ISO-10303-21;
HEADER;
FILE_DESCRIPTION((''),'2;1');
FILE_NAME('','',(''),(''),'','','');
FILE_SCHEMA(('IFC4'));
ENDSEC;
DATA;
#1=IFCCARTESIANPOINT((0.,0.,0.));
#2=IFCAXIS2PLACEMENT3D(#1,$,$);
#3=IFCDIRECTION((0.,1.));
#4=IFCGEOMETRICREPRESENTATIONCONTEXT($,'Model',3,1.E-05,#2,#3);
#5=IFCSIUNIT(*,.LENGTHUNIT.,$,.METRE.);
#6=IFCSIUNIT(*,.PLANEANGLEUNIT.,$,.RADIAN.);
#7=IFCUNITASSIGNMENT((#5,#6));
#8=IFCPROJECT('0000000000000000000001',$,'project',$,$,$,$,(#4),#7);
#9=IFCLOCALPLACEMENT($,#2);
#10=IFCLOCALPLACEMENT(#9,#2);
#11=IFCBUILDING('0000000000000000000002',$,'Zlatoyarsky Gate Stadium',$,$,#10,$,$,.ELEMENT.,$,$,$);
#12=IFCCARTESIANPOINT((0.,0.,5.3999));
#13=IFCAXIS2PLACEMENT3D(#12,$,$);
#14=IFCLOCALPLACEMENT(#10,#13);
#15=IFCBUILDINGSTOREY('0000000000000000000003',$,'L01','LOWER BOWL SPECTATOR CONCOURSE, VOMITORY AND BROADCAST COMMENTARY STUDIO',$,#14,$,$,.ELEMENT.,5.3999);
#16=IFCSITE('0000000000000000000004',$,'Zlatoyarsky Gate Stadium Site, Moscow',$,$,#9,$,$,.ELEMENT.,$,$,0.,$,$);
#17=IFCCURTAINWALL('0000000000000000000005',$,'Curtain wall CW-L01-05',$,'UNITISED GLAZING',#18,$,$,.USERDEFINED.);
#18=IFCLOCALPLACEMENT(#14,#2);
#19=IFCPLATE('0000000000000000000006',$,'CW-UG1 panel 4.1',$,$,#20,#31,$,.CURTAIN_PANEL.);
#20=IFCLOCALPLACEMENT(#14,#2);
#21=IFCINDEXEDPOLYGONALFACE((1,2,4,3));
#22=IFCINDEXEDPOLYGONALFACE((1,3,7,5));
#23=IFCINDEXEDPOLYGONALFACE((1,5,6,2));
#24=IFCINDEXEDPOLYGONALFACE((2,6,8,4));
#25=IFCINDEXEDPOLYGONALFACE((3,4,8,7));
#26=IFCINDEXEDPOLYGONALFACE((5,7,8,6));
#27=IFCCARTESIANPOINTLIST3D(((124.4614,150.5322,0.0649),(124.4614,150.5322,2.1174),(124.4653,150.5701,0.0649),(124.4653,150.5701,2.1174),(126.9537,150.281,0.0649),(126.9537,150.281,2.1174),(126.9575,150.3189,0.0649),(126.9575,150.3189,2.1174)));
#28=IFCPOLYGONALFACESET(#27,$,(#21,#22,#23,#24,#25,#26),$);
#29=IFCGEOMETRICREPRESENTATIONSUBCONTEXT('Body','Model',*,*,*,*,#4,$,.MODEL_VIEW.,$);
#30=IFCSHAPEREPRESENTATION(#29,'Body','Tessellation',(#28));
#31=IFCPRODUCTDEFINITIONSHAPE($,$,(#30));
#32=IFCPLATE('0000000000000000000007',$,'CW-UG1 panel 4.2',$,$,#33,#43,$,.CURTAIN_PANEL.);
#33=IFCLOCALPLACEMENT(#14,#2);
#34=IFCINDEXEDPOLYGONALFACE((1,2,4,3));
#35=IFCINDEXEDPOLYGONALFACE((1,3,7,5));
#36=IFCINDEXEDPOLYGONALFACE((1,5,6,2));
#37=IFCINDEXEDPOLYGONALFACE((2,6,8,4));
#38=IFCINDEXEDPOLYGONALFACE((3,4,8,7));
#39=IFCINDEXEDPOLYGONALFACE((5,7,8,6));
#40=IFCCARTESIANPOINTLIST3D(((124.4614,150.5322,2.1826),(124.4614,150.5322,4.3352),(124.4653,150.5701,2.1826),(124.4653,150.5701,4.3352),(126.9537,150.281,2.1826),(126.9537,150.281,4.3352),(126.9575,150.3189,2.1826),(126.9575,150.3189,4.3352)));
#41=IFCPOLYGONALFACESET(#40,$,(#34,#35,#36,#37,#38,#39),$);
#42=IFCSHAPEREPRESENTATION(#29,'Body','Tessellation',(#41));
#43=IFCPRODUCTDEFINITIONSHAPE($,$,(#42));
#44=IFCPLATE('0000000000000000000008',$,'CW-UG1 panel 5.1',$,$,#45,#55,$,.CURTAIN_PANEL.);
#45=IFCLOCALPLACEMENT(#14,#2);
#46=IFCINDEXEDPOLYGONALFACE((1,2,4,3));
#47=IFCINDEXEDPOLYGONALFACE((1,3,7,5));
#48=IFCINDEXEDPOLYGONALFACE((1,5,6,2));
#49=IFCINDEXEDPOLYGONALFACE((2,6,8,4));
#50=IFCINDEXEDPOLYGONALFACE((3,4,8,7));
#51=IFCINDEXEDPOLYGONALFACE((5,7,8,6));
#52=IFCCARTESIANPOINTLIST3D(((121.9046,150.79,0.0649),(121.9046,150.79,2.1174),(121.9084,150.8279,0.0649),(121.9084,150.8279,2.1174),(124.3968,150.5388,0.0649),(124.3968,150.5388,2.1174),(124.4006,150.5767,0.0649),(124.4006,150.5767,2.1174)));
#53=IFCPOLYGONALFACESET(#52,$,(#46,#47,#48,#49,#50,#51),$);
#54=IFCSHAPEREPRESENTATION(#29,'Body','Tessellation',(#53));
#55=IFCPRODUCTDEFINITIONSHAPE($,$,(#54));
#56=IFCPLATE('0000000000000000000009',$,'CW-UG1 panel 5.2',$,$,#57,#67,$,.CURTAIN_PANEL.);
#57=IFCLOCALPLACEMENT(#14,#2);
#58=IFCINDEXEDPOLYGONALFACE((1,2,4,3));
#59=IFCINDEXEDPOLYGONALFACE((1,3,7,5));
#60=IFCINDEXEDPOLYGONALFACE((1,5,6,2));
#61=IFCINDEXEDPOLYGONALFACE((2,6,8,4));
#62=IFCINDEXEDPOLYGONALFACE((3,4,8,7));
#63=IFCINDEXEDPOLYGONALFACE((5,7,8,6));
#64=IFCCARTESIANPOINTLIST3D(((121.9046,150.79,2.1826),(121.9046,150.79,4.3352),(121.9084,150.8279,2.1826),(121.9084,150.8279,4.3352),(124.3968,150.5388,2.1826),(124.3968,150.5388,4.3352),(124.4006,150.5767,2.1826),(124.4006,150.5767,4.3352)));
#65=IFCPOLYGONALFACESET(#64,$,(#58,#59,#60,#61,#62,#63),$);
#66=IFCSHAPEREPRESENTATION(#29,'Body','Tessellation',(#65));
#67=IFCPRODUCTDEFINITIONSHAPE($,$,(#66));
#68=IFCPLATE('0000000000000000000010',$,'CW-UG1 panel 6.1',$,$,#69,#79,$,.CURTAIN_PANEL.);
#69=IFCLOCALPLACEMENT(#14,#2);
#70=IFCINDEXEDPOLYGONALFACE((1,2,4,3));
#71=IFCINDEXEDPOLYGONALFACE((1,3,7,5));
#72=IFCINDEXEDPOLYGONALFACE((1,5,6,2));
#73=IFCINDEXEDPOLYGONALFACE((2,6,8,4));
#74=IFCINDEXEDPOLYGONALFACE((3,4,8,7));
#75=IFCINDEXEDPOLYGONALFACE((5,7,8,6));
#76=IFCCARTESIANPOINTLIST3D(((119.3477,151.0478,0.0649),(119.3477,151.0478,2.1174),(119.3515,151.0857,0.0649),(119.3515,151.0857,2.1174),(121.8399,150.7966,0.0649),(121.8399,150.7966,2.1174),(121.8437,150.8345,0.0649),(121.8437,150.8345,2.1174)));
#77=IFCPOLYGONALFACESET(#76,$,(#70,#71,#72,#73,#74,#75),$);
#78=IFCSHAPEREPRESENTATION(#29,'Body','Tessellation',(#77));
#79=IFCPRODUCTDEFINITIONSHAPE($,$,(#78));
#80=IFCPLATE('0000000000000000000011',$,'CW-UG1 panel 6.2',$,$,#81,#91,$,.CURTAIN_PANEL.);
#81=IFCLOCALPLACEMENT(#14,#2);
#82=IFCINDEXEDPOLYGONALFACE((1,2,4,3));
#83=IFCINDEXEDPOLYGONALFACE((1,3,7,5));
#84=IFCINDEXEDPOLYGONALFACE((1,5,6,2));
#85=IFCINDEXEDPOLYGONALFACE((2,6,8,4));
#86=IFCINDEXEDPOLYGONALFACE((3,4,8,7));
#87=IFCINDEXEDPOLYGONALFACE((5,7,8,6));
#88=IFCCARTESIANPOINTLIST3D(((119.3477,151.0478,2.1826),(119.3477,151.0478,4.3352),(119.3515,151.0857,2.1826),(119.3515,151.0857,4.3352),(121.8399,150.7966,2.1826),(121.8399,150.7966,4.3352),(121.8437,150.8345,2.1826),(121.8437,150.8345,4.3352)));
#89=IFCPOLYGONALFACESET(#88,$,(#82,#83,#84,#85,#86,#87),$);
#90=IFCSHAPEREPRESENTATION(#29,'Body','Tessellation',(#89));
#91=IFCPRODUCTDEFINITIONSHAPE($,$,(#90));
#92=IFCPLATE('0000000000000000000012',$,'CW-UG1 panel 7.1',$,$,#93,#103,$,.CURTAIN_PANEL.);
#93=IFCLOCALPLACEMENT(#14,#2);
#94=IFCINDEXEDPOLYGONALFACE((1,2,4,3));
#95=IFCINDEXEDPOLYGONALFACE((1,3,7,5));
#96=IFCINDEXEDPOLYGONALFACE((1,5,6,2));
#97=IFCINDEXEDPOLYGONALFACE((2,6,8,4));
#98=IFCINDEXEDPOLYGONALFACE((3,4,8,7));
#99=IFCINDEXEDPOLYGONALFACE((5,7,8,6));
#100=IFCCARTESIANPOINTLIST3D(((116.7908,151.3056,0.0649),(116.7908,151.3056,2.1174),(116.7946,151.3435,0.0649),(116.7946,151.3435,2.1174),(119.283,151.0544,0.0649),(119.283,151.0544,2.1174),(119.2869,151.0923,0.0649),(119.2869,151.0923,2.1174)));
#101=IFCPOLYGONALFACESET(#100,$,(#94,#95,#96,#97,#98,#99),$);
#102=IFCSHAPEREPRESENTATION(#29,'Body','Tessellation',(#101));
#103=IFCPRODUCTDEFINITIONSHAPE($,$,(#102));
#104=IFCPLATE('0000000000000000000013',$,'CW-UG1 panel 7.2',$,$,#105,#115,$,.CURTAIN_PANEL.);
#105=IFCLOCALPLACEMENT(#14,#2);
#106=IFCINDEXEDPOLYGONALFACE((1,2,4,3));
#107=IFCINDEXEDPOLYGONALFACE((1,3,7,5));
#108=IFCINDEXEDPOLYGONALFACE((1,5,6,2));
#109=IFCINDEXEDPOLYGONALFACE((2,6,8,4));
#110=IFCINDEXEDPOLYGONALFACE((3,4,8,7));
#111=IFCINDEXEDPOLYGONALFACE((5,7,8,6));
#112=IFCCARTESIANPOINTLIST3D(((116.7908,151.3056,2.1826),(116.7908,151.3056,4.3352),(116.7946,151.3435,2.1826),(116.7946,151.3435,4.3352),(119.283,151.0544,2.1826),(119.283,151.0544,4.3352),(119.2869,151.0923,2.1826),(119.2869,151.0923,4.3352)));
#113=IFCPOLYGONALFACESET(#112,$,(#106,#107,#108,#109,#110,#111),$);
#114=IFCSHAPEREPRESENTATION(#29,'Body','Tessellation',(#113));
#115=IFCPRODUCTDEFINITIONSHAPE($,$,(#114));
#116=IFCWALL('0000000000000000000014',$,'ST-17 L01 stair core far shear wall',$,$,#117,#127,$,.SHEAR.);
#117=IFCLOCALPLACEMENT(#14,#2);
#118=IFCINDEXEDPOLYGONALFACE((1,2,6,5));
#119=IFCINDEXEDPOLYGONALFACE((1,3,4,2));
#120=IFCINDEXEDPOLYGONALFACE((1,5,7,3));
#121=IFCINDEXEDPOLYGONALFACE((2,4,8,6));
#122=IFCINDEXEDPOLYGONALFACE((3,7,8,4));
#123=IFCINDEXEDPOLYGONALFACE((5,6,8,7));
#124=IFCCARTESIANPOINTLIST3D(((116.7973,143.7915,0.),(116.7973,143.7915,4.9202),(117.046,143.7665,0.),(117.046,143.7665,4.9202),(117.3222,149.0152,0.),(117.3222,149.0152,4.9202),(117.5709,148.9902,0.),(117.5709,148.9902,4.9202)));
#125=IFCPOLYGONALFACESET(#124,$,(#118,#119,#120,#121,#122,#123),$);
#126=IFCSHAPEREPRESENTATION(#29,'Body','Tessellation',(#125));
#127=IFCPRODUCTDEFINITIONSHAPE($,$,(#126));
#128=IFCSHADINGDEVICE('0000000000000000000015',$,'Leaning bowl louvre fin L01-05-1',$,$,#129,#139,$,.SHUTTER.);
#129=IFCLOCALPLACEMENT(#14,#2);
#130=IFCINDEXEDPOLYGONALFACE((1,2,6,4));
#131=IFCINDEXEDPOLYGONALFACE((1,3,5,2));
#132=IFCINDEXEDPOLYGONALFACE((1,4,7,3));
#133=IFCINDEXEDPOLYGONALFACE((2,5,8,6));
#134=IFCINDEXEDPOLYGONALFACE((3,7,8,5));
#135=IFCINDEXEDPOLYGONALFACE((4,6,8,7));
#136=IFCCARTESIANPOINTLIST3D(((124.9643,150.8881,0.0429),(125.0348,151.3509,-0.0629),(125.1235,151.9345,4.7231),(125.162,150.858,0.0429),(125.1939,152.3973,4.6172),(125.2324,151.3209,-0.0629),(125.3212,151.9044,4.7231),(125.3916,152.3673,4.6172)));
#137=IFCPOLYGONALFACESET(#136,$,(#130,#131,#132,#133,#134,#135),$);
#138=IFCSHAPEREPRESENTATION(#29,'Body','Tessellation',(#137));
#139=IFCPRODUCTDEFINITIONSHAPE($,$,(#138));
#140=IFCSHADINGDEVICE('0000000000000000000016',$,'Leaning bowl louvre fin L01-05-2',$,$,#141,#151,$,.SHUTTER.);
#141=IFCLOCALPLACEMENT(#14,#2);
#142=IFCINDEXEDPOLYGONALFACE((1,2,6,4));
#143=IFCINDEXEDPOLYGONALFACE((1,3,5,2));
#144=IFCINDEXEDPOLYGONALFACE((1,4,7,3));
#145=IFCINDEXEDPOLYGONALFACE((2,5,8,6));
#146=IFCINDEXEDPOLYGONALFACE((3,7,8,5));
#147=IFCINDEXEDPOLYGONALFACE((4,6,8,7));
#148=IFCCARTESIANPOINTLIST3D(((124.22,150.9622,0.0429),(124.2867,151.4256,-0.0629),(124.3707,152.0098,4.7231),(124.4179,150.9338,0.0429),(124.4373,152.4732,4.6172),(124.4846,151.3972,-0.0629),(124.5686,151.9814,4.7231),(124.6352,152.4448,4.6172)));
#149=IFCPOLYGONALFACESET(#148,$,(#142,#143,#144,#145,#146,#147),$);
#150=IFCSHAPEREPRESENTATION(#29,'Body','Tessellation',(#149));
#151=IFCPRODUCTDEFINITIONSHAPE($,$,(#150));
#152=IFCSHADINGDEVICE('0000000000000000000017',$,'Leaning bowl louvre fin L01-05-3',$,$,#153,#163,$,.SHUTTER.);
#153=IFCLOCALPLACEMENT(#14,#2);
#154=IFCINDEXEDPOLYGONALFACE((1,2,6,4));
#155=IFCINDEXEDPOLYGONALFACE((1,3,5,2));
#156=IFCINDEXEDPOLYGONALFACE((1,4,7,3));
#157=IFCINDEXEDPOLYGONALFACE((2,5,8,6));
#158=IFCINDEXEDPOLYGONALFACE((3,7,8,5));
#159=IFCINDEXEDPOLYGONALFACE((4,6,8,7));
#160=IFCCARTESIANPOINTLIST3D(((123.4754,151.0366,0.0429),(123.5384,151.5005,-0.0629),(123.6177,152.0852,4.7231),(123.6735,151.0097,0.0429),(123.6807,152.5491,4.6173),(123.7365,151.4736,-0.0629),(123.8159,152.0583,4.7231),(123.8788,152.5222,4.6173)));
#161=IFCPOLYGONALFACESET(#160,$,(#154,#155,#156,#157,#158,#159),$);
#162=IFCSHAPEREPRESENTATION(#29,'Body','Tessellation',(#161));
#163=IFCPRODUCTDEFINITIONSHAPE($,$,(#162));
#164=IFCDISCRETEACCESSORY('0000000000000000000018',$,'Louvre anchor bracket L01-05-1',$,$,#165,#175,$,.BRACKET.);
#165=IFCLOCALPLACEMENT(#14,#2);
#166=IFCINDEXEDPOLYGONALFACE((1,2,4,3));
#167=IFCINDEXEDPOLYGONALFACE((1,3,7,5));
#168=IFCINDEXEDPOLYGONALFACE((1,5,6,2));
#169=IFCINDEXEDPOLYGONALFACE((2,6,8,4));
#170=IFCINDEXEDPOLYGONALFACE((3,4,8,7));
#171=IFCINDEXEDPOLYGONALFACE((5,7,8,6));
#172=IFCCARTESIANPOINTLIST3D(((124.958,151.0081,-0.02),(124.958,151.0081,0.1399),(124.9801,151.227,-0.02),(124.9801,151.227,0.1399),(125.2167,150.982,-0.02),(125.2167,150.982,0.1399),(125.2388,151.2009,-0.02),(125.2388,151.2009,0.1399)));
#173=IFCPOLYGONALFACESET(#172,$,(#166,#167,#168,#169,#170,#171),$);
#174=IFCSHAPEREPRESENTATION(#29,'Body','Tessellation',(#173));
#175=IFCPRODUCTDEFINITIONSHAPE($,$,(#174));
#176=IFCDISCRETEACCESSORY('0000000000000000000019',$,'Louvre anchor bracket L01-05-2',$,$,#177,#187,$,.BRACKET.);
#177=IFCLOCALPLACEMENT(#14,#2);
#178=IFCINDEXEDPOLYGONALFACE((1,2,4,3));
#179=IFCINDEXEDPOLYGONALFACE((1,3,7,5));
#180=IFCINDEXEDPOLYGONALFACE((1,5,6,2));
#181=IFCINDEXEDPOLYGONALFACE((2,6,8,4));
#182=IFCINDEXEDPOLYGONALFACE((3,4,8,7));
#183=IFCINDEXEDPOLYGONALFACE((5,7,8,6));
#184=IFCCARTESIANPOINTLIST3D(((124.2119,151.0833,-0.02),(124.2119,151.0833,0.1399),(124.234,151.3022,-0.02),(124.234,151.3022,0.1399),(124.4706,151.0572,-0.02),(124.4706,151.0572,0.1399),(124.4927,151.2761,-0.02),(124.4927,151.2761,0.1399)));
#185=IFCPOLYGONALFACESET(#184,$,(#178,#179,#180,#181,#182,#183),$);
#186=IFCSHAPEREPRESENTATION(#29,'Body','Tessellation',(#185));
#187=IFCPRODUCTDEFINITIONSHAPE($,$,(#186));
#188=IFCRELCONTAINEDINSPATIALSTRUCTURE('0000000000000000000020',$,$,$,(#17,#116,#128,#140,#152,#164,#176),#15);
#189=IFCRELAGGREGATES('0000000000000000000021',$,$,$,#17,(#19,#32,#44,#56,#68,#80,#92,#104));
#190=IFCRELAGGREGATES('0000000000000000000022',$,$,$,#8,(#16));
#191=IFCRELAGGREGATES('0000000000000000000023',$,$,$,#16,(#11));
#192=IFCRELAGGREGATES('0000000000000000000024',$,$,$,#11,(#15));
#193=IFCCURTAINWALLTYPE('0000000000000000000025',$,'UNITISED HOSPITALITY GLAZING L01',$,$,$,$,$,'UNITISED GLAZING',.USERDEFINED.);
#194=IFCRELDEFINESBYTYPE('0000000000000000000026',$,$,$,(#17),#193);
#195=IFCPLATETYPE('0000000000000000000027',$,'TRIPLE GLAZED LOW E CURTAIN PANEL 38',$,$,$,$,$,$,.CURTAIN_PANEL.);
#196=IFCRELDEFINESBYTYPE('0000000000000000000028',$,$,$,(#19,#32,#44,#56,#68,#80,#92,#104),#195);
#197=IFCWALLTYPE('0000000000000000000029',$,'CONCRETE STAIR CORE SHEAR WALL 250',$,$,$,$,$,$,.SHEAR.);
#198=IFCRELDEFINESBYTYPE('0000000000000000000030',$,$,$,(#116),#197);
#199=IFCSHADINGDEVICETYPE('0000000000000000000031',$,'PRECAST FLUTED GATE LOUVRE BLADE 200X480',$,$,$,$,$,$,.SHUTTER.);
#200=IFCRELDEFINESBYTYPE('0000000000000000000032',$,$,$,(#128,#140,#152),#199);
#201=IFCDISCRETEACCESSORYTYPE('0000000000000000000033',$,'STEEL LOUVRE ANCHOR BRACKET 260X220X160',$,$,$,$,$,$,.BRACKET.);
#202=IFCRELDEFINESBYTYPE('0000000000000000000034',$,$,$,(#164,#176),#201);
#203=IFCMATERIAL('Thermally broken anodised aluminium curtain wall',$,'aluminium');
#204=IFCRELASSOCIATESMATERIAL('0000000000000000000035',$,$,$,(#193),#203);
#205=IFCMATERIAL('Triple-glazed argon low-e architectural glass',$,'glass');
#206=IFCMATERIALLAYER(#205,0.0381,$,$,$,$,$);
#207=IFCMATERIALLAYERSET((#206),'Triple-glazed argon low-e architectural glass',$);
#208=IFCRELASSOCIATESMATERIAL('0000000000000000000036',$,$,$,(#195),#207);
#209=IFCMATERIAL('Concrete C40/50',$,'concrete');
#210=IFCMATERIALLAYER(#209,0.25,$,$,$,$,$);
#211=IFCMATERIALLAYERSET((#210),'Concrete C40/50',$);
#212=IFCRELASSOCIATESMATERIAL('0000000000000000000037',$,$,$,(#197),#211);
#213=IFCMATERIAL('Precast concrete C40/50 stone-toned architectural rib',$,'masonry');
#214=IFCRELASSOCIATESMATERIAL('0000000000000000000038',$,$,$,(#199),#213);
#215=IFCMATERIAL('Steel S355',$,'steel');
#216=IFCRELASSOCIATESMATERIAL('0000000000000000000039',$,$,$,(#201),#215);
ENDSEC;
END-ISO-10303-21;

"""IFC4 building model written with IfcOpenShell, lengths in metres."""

from ifc_helpers import new_model, si_unit, direction, frame, frame_2d, origin, origin_2d, place, context, subcontext, project, spatial, rectangle, extrude, material, layer, layer_set, material_profile, profile_set, type_object, element, aggregate, save


model = new_model("IFC4")

# Units and contexts
model_context = context("Model", 3, precision=1e-05, world=origin(), true_north=direction((0.0, 1.0)))
body_context = subcontext(model_context, "Body", "Model", "MODEL_VIEW")
ifc_project = project(units=[si_unit("LENGTHUNIT", "METRE"), si_unit("PLANEANGLEUNIT", "RADIAN")], contexts=[model_context])

# Site, building, storey
site_placement = place(None, origin())
site = spatial("IfcSite", under=ifc_project, at=site_placement, Name="Zlatoyarsky Gate Stadium Site, Moscow", CompositionType="ELEMENT", RefElevation=0.0)
building_placement = place(site_placement, origin())
building = spatial("IfcBuilding", under=site, at=building_placement, Name="Zlatoyarsky Gate Stadium", CompositionType="ELEMENT")
storey_placement = place(building_placement, frame((0.0, 0.0, 5.3999)))
storey = spatial("IfcBuildingStorey", under=building, at=storey_placement, Name="L01", Description="LOWER BOWL SPECTATOR CONCOURSE, VOMITORY AND BROADCAST COMMENTARY STUDIO", CompositionType="ELEMENT", Elevation=5.3999)

# Curtain wall, plates
ifc_material_1 = material(Name="Thermally broken anodised aluminium curtain wall", Category="aluminium")
curtain_wall_type = type_object("IfcCurtainWallType", Name="UNITISED HOSPITALITY GLAZING L01", ElementType="UNITISED GLAZING", PredefinedType="USERDEFINED", material=ifc_material_1)
curtain_wall_placement = place(storey_placement, origin())
curtain_wall = element("IfcCurtainWall", 1, at=curtain_wall_placement, inside=storey, type_object=curtain_wall_type, Name="Curtain wall CW-L01-05", ObjectType="UNITISED GLAZING", PredefinedType="USERDEFINED")
ifc_material_2 = material(Name="Triple-glazed argon low-e architectural glass", Category="glass")
ifc_layer_1 = layer(ifc_material_2, 0.0381)
ifc_layer_set_1 = layer_set([ifc_layer_1], Name="Triple-glazed argon low-e architectural glass")
plate_type = type_object("IfcPlateType", Name="TRIPLE GLAZED LOW E CURTAIN PANEL 38", PredefinedType="CURTAIN_PANEL", material=ifc_layer_set_1)
plate_1_placement = place(storey_placement, frame((125.7095, 150.4255, 0.0649), z_axis=(0.0, 0.0, 1.0), x_axis=(-0.994957, 0.1003, 0.0)))
plate_1 = element("IfcPlate", 2, at=plate_1_placement, type_object=plate_type, Name="CW-UG1 panel 4.1", PredefinedType="CURTAIN_PANEL", context=body_context, shape_type="SweptSolid", body=[
    extrude(rectangle(XDim=2.5049, YDim=0.0381, at=origin_2d()), origin(), (0.0, 0.0, 1.0), 2.0525),
])
plate_2_placement = place(storey_placement, frame((125.7095, 150.4255, 2.1826), z_axis=(0.0, 0.0, 1.0), x_axis=(-0.994957, 0.1003, 0.0)))
plate_2 = element("IfcPlate", 3, at=plate_2_placement, type_object=plate_type, Name="CW-UG1 panel 4.2", PredefinedType="CURTAIN_PANEL", context=body_context, shape_type="SweptSolid", body=[
    extrude(rectangle(XDim=2.5049, YDim=0.0381, at=origin_2d()), origin(), (0.0, 0.0, 1.0), 2.1526),
])
plate_3_placement = place(storey_placement, frame((123.1526, 150.6833, 0.0649), z_axis=(0.0, 0.0, 1.0), x_axis=(-0.994957, 0.1003, 0.0)))
plate_3 = element("IfcPlate", 4, at=plate_3_placement, type_object=plate_type, Name="CW-UG1 panel 5.1", PredefinedType="CURTAIN_PANEL", context=body_context, shape_type="SweptSolid", body=[
    extrude(rectangle(XDim=2.5049, YDim=0.0381, at=origin_2d()), origin(), (0.0, 0.0, 1.0), 2.0525),
])
plate_4_placement = place(storey_placement, frame((123.1526, 150.6833, 2.1826), z_axis=(0.0, 0.0, 1.0), x_axis=(-0.994957, 0.1003, 0.0)))
plate_4 = element("IfcPlate", 5, at=plate_4_placement, type_object=plate_type, Name="CW-UG1 panel 5.2", PredefinedType="CURTAIN_PANEL", context=body_context, shape_type="SweptSolid", body=[
    extrude(rectangle(XDim=2.5049, YDim=0.0381, at=origin_2d()), origin(), (0.0, 0.0, 1.0), 2.1526),
])
plate_5_placement = place(storey_placement, frame((120.5957, 150.9412, 0.0649), z_axis=(0.0, 0.0, 1.0), x_axis=(-0.994957, 0.1003, 0.0)))
plate_5 = element("IfcPlate", 6, at=plate_5_placement, type_object=plate_type, Name="CW-UG1 panel 6.1", PredefinedType="CURTAIN_PANEL", context=body_context, shape_type="SweptSolid", body=[
    extrude(rectangle(XDim=2.5049, YDim=0.0381, at=origin_2d()), origin(), (0.0, 0.0, 1.0), 2.0525),
])
plate_6_placement = place(storey_placement, frame((120.5957, 150.9412, 2.1826), z_axis=(0.0, 0.0, 1.0), x_axis=(-0.994957, 0.1003, 0.0)))
plate_6 = element("IfcPlate", 7, at=plate_6_placement, type_object=plate_type, Name="CW-UG1 panel 6.2", PredefinedType="CURTAIN_PANEL", context=body_context, shape_type="SweptSolid", body=[
    extrude(rectangle(XDim=2.5049, YDim=0.0381, at=origin_2d()), origin(), (0.0, 0.0, 1.0), 2.1526),
])
plate_7_placement = place(storey_placement, frame((118.0388, 151.199, 0.0649), z_axis=(0.0, 0.0, 1.0), x_axis=(-0.994957, 0.1003, 0.0)))
plate_7 = element("IfcPlate", 8, at=plate_7_placement, type_object=plate_type, Name="CW-UG1 panel 7.1", PredefinedType="CURTAIN_PANEL", context=body_context, shape_type="SweptSolid", body=[
    extrude(rectangle(XDim=2.5049, YDim=0.0381, at=origin_2d()), origin(), (0.0, 0.0, 1.0), 2.0525),
])
plate_8_placement = place(storey_placement, frame((118.0388, 151.199, 2.1826), z_axis=(0.0, 0.0, 1.0), x_axis=(-0.994957, 0.1003, 0.0)))
plate_8 = element("IfcPlate", 9, at=plate_8_placement, type_object=plate_type, Name="CW-UG1 panel 7.2", PredefinedType="CURTAIN_PANEL", context=body_context, shape_type="SweptSolid", body=[
    extrude(rectangle(XDim=2.5049, YDim=0.0381, at=origin_2d()), origin(), (0.0, 0.0, 1.0), 2.1526),
])
aggregate(curtain_wall, [plate_1, plate_2, plate_3, plate_4, plate_5, plate_6, plate_7, plate_8])

# Wall
ifc_material_3 = material(Name="Concrete C40/50", Category="concrete")
ifc_layer_2 = layer(ifc_material_3, 0.25)
ifc_layer_set_2 = layer_set([ifc_layer_2], Name="Concrete C40/50")
wall_type = type_object("IfcWallType", Name="CONCRETE STAIR CORE SHEAR WALL 250", PredefinedType="SHEAR", material=ifc_layer_set_2)
wall_placement = place(storey_placement, frame((117.4465, 149.0027, 0.0), z_axis=(0.0, 0.0, 1.0), x_axis=(-0.099983, -0.994989, 0.0)))
element("IfcWall", 10, at=wall_placement, inside=storey, type_object=wall_type, Name="ST-17 L01 stair core far shear wall", PredefinedType="SHEAR", context=body_context, shape_type="SweptSolid", body=[
    extrude(rectangle(XDim=5.25, YDim=0.25, at=frame_2d((2.625, 0.0))), origin(), (0.0, 0.0, 1.0), 4.9202),
])

# Shading devices
ifc_material_4 = material(Name="Precast concrete C40/50 stone-toned architectural rib", Category="masonry")
ifc_material_profile_1 = material_profile(ifc_material_4, rectangle(XDim=0.2, YDim=0.48, at=origin_2d()), Name="RIB 200X480")
ifc_profile_set_1 = profile_set([ifc_material_profile_1], Name="Precast concrete C40/50 stone-toned architectural rib")
shading_device_type = type_object("IfcShadingDeviceType", Name="PRECAST FLUTED GATE LOUVRE BLADE 200X480", PredefinedType="SHUTTER", material=ifc_profile_set_1)
for number, where, z_axis, x_axis, name in (
    (11, (125.0984, 151.1045, -0.01), (0.033174, 0.218072, 0.975369), (-0.988626, 0.150393, 0.0), "Leaning bowl louvre fin L01-05-1"),
    (12, (124.3523, 151.1797, -0.01), (0.031393, 0.218326, 0.975371), (-0.98982, 0.142326, 0.0), "Leaning bowl louvre fin L01-05-2"),
    (13, (123.606, 151.2551, -0.01), (0.029663, 0.218532, 0.975379), (-0.990913, 0.134506, 0.0), "Leaning bowl louvre fin L01-05-3"),
):
    element("IfcShadingDevice", number, at=place(storey_placement, frame(where, z_axis=z_axis, x_axis=x_axis)), inside=storey, type_object=shading_device_type, Name=name, PredefinedType="SHUTTER", context=body_context, shape_type="SweptSolid", body=[
        extrude(rectangle(XDim=0.2, YDim=0.48, at=origin_2d()), origin(), (0.0, 0.0, 1.0), 4.7983),
    ])

# Discrete accessories
ifc_material_5 = material(Name="Steel S355", Category="steel")
discrete_accessory_type = type_object("IfcDiscreteAccessoryType", Name="STEEL LOUVRE ANCHOR BRACKET 260X220X160", PredefinedType="BRACKET", material=ifc_material_5)
for number, where, z_axis, x_axis, name in (
    (14, (125.0984, 151.1045, -0.02), (0.0, 0.0, 1.0), (-0.994937, 0.100499, 0.0), "Louvre anchor bracket L01-05-1"),
    (15, (124.3523, 151.1797, -0.02), (0.0, 0.0, 1.0), (-0.994937, 0.100499, 0.0), "Louvre anchor bracket L01-05-2"),
):
    element("IfcDiscreteAccessory", number, at=place(storey_placement, frame(where, z_axis=z_axis, x_axis=x_axis)), inside=storey, type_object=discrete_accessory_type, Name=name, PredefinedType="BRACKET", context=body_context, shape_type="SweptSolid", body=[
        extrude(rectangle(XDim=0.26, YDim=0.22, at=origin_2d()), origin(), (0.0, 0.0, 1.0), 0.1599),
    ])

save(model, "model.ifc")
